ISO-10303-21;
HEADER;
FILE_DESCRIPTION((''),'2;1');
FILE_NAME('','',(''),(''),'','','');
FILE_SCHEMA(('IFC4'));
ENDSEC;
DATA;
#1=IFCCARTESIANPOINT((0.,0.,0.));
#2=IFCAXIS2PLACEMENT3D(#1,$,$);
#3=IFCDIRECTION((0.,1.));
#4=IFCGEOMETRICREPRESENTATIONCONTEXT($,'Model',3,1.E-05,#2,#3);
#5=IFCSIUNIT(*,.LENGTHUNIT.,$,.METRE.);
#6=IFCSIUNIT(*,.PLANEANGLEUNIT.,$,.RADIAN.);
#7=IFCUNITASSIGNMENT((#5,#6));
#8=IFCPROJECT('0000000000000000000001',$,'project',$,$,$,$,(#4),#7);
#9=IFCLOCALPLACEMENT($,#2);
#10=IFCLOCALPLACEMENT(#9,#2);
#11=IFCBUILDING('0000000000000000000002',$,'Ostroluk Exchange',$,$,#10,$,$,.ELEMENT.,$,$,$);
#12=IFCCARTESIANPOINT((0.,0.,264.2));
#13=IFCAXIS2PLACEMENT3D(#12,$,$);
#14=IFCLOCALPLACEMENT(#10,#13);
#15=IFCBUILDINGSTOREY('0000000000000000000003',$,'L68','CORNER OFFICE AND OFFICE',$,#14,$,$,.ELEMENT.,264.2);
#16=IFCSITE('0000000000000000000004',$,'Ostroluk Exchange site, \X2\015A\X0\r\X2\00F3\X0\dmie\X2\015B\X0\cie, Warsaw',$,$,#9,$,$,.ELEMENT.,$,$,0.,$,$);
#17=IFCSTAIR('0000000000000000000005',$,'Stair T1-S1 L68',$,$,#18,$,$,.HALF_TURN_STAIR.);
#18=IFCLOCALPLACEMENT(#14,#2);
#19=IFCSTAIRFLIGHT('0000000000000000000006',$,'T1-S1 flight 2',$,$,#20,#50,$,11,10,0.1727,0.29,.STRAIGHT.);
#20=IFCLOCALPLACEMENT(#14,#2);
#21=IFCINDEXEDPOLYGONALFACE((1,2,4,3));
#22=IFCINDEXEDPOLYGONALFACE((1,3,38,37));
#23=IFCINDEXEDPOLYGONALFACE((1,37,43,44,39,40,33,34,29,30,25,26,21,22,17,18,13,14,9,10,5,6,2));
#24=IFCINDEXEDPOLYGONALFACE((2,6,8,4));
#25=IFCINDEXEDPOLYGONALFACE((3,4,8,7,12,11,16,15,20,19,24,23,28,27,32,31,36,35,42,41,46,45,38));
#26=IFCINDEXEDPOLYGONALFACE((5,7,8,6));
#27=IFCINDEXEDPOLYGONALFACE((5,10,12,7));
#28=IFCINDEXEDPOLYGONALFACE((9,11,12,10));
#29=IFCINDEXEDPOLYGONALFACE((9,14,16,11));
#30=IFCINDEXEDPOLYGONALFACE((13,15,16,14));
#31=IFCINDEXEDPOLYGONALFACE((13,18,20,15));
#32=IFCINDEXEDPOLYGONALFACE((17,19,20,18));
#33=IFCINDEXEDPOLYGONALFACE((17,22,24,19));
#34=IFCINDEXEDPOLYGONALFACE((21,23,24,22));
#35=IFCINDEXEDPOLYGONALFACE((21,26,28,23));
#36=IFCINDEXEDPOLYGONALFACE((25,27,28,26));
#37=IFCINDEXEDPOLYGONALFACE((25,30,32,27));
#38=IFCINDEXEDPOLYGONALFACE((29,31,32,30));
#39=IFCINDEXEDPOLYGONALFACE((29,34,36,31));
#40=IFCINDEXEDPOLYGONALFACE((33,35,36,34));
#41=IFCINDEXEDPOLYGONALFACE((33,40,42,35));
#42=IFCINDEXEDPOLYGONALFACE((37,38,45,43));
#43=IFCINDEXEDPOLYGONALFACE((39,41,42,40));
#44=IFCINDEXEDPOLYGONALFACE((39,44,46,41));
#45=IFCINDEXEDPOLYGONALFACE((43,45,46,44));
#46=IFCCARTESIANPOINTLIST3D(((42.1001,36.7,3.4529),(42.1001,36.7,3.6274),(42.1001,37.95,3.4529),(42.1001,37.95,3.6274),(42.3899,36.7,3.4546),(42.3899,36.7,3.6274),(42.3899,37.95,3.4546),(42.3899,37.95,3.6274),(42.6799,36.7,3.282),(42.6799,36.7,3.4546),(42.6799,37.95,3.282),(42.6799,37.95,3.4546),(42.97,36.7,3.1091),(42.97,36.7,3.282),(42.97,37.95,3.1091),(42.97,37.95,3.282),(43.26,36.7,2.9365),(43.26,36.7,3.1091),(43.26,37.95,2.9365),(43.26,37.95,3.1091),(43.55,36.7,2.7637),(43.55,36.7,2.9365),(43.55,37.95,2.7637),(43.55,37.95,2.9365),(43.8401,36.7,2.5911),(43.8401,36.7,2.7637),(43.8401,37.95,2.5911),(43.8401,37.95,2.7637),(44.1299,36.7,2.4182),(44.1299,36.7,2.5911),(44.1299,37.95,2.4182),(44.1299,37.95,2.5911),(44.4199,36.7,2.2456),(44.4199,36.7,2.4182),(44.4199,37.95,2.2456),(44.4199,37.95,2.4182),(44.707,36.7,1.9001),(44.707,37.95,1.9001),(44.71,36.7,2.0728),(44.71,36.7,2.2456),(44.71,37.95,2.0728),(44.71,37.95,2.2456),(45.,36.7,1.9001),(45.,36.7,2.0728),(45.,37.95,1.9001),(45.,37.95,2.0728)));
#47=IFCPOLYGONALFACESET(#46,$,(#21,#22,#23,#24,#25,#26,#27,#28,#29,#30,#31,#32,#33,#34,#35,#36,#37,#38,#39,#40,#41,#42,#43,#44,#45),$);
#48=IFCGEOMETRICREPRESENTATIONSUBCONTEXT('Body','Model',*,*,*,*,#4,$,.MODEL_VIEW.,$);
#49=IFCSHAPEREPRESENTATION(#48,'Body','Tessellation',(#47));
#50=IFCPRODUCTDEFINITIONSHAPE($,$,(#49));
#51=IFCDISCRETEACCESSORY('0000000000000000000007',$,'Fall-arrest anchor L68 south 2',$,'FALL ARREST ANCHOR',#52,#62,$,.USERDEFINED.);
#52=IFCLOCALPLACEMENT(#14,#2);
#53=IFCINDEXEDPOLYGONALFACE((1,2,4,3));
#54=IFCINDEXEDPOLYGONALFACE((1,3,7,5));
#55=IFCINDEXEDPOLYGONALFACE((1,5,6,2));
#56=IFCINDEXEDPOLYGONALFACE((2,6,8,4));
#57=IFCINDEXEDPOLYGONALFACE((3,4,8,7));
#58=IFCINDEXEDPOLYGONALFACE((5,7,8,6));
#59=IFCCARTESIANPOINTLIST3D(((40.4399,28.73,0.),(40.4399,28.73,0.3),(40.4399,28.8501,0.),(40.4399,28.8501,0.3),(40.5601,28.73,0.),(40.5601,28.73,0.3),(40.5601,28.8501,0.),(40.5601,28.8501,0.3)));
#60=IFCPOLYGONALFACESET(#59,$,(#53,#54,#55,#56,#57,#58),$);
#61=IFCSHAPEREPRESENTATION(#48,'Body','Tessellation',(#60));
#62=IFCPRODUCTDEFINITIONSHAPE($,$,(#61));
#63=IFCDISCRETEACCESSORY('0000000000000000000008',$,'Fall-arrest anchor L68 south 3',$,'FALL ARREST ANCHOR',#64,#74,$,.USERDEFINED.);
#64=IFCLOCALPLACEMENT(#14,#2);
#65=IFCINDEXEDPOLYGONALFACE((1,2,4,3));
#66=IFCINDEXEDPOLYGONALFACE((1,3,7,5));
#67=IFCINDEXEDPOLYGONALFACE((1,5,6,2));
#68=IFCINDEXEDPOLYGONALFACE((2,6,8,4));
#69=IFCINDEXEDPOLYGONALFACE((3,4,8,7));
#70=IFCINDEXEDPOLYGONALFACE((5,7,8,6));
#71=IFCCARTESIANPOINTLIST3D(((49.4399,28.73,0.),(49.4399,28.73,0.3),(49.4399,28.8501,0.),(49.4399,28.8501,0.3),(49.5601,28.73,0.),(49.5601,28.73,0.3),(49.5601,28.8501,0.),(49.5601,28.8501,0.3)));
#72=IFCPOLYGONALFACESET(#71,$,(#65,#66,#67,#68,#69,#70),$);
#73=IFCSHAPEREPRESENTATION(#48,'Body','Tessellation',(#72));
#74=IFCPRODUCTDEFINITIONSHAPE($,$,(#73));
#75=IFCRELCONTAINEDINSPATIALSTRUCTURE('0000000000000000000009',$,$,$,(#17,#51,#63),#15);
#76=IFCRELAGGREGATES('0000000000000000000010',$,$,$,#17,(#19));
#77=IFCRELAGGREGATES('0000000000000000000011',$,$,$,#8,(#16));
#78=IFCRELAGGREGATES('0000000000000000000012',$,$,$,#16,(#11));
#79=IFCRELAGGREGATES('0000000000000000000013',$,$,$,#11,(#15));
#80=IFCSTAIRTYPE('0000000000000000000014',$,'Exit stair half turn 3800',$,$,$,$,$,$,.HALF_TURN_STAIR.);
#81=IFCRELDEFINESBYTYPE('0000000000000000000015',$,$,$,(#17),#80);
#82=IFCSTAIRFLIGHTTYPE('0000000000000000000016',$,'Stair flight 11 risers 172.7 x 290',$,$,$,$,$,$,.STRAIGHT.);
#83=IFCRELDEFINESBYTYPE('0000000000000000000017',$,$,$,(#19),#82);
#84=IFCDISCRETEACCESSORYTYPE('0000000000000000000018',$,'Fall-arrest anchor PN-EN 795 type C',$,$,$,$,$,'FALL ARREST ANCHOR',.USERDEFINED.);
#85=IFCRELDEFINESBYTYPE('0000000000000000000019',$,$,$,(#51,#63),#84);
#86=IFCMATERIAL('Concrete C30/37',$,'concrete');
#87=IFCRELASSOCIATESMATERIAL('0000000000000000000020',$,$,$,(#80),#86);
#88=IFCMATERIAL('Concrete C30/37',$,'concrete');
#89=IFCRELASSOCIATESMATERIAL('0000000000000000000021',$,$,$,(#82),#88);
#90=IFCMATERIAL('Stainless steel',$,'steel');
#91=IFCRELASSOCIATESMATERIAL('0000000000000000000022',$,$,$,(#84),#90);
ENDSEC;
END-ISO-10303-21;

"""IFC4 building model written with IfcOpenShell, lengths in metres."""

from ifc_helpers import new_model, si_unit, direction, frame, origin, origin_2d, place, context, subcontext, project, spatial, polyline, rectangle, outline, extrude, material, type_object, element, aggregate, save


model = new_model("IFC4")

# Units and contexts
model_context = context("Model", 3, precision=1e-05, world=origin(), true_north=direction((0.0, 1.0)))
body_context = subcontext(model_context, "Body", "Model", "MODEL_VIEW")
ifc_project = project(units=[si_unit("LENGTHUNIT", "METRE"), si_unit("PLANEANGLEUNIT", "RADIAN")], contexts=[model_context])

# Site, building, storey
site_placement = place(None, origin())
site = spatial("IfcSite", under=ifc_project, at=site_placement, Name="Ostroluk Exchange site, Śródmieście, Warsaw", CompositionType="ELEMENT", RefElevation=0.0)
building_placement = place(site_placement, origin())
building = spatial("IfcBuilding", under=site, at=building_placement, Name="Ostroluk Exchange", CompositionType="ELEMENT")
storey_placement = place(building_placement, frame((0.0, 0.0, 264.2)))
storey = spatial("IfcBuildingStorey", under=building, at=storey_placement, Name="L68", Description="CORNER OFFICE AND OFFICE", CompositionType="ELEMENT", Elevation=264.2)

# Stair, stair flight
ifc_material_1 = material(Name="Concrete C30/37", Category="concrete")
stair_type = type_object("IfcStairType", Name="Exit stair half turn 3800", PredefinedType="HALF_TURN_STAIR", material=ifc_material_1)
stair_placement = place(storey_placement, origin())
stair = element("IfcStair", 1, at=stair_placement, inside=storey, type_object=stair_type, Name="Stair T1-S1 L68", PredefinedType="HALF_TURN_STAIR")
ifc_material_2 = material(Name="Concrete C30/37", Category="concrete")
stair_flight_type = type_object("IfcStairFlightType", Name="Stair flight 11 risers 172.7 x 290", PredefinedType="STRAIGHT", material=ifc_material_2)
stair_flight_1_placement = place(storey_placement, frame((45.0, 37.325, 1.9001), z_axis=(0.0, 0.0, 1.0), x_axis=(-1.0, 0.0, 0.0)))
stair_flight_1 = element("IfcStairFlight", 2, at=stair_flight_1_placement, type_object=stair_flight_type, Name="T1-S1 flight 2", NumberOfRisers=11, NumberOfTreads=10, PredefinedType="STRAIGHT", RiserHeight=0.1727, TreadLength=0.29, context=body_context, shape_type="SweptSolid", body=[
    extrude(outline(polyline([(0.0, 0.0), (0.0, 0.1726), (0.29, 0.1726), (0.29, 0.3455), (0.5801, 0.3455), (0.5801, 0.5181), (0.8701, 0.5181), (0.8701, 0.6909), (1.1599, 0.6909), (1.1599, 0.8635), (1.45, 0.8635), (1.45, 1.0364), (1.74, 1.0364), (1.74, 1.209), (2.03, 1.209), (2.03, 1.3818), (2.3201, 1.3818), (2.3201, 1.5544), (2.6101, 1.5544), (2.6101, 1.7273), (2.8999, 1.7273), (2.8999, 1.8999), (2.8999, 1.5527), (0.293, 0.0), (0.0, 0.0)])), frame((0.0, 0.625, 0.0), z_axis=(0.0, -1.0, 0.0), x_axis=(1.0, 0.0, 0.0)), (0.0, 0.0, 1.0), 1.25),
])
aggregate(stair, [stair_flight_1])

# Discrete accessories
ifc_material_3 = material(Name="Stainless steel", Category="steel")
discrete_accessory_type = type_object("IfcDiscreteAccessoryType", Name="Fall-arrest anchor PN-EN 795 type C", ElementType="FALL ARREST ANCHOR", PredefinedType="USERDEFINED", material=ifc_material_3)
for number, where, z_axis, x_axis, name in (
    (3, (40.5, 28.79, 0.0), (0.0, 0.0, 1.0), (1.0, 0.0, 0.0), "Fall-arrest anchor L68 south 2"),
    (4, (49.5, 28.79, 0.0), (0.0, 0.0, 1.0), (1.0, 0.0, 0.0), "Fall-arrest anchor L68 south 3"),
):
    element("IfcDiscreteAccessory", number, at=place(storey_placement, frame(where, z_axis=z_axis, x_axis=x_axis)), inside=storey, type_object=discrete_accessory_type, Name=name, ObjectType="FALL ARREST ANCHOR", PredefinedType="USERDEFINED", context=body_context, shape_type="SweptSolid", body=[
        extrude(rectangle(XDim=0.1201, YDim=0.1201, at=origin_2d()), origin(), (0.0, 0.0, 1.0), 0.3),
    ])

save(model, "model.ifc")
